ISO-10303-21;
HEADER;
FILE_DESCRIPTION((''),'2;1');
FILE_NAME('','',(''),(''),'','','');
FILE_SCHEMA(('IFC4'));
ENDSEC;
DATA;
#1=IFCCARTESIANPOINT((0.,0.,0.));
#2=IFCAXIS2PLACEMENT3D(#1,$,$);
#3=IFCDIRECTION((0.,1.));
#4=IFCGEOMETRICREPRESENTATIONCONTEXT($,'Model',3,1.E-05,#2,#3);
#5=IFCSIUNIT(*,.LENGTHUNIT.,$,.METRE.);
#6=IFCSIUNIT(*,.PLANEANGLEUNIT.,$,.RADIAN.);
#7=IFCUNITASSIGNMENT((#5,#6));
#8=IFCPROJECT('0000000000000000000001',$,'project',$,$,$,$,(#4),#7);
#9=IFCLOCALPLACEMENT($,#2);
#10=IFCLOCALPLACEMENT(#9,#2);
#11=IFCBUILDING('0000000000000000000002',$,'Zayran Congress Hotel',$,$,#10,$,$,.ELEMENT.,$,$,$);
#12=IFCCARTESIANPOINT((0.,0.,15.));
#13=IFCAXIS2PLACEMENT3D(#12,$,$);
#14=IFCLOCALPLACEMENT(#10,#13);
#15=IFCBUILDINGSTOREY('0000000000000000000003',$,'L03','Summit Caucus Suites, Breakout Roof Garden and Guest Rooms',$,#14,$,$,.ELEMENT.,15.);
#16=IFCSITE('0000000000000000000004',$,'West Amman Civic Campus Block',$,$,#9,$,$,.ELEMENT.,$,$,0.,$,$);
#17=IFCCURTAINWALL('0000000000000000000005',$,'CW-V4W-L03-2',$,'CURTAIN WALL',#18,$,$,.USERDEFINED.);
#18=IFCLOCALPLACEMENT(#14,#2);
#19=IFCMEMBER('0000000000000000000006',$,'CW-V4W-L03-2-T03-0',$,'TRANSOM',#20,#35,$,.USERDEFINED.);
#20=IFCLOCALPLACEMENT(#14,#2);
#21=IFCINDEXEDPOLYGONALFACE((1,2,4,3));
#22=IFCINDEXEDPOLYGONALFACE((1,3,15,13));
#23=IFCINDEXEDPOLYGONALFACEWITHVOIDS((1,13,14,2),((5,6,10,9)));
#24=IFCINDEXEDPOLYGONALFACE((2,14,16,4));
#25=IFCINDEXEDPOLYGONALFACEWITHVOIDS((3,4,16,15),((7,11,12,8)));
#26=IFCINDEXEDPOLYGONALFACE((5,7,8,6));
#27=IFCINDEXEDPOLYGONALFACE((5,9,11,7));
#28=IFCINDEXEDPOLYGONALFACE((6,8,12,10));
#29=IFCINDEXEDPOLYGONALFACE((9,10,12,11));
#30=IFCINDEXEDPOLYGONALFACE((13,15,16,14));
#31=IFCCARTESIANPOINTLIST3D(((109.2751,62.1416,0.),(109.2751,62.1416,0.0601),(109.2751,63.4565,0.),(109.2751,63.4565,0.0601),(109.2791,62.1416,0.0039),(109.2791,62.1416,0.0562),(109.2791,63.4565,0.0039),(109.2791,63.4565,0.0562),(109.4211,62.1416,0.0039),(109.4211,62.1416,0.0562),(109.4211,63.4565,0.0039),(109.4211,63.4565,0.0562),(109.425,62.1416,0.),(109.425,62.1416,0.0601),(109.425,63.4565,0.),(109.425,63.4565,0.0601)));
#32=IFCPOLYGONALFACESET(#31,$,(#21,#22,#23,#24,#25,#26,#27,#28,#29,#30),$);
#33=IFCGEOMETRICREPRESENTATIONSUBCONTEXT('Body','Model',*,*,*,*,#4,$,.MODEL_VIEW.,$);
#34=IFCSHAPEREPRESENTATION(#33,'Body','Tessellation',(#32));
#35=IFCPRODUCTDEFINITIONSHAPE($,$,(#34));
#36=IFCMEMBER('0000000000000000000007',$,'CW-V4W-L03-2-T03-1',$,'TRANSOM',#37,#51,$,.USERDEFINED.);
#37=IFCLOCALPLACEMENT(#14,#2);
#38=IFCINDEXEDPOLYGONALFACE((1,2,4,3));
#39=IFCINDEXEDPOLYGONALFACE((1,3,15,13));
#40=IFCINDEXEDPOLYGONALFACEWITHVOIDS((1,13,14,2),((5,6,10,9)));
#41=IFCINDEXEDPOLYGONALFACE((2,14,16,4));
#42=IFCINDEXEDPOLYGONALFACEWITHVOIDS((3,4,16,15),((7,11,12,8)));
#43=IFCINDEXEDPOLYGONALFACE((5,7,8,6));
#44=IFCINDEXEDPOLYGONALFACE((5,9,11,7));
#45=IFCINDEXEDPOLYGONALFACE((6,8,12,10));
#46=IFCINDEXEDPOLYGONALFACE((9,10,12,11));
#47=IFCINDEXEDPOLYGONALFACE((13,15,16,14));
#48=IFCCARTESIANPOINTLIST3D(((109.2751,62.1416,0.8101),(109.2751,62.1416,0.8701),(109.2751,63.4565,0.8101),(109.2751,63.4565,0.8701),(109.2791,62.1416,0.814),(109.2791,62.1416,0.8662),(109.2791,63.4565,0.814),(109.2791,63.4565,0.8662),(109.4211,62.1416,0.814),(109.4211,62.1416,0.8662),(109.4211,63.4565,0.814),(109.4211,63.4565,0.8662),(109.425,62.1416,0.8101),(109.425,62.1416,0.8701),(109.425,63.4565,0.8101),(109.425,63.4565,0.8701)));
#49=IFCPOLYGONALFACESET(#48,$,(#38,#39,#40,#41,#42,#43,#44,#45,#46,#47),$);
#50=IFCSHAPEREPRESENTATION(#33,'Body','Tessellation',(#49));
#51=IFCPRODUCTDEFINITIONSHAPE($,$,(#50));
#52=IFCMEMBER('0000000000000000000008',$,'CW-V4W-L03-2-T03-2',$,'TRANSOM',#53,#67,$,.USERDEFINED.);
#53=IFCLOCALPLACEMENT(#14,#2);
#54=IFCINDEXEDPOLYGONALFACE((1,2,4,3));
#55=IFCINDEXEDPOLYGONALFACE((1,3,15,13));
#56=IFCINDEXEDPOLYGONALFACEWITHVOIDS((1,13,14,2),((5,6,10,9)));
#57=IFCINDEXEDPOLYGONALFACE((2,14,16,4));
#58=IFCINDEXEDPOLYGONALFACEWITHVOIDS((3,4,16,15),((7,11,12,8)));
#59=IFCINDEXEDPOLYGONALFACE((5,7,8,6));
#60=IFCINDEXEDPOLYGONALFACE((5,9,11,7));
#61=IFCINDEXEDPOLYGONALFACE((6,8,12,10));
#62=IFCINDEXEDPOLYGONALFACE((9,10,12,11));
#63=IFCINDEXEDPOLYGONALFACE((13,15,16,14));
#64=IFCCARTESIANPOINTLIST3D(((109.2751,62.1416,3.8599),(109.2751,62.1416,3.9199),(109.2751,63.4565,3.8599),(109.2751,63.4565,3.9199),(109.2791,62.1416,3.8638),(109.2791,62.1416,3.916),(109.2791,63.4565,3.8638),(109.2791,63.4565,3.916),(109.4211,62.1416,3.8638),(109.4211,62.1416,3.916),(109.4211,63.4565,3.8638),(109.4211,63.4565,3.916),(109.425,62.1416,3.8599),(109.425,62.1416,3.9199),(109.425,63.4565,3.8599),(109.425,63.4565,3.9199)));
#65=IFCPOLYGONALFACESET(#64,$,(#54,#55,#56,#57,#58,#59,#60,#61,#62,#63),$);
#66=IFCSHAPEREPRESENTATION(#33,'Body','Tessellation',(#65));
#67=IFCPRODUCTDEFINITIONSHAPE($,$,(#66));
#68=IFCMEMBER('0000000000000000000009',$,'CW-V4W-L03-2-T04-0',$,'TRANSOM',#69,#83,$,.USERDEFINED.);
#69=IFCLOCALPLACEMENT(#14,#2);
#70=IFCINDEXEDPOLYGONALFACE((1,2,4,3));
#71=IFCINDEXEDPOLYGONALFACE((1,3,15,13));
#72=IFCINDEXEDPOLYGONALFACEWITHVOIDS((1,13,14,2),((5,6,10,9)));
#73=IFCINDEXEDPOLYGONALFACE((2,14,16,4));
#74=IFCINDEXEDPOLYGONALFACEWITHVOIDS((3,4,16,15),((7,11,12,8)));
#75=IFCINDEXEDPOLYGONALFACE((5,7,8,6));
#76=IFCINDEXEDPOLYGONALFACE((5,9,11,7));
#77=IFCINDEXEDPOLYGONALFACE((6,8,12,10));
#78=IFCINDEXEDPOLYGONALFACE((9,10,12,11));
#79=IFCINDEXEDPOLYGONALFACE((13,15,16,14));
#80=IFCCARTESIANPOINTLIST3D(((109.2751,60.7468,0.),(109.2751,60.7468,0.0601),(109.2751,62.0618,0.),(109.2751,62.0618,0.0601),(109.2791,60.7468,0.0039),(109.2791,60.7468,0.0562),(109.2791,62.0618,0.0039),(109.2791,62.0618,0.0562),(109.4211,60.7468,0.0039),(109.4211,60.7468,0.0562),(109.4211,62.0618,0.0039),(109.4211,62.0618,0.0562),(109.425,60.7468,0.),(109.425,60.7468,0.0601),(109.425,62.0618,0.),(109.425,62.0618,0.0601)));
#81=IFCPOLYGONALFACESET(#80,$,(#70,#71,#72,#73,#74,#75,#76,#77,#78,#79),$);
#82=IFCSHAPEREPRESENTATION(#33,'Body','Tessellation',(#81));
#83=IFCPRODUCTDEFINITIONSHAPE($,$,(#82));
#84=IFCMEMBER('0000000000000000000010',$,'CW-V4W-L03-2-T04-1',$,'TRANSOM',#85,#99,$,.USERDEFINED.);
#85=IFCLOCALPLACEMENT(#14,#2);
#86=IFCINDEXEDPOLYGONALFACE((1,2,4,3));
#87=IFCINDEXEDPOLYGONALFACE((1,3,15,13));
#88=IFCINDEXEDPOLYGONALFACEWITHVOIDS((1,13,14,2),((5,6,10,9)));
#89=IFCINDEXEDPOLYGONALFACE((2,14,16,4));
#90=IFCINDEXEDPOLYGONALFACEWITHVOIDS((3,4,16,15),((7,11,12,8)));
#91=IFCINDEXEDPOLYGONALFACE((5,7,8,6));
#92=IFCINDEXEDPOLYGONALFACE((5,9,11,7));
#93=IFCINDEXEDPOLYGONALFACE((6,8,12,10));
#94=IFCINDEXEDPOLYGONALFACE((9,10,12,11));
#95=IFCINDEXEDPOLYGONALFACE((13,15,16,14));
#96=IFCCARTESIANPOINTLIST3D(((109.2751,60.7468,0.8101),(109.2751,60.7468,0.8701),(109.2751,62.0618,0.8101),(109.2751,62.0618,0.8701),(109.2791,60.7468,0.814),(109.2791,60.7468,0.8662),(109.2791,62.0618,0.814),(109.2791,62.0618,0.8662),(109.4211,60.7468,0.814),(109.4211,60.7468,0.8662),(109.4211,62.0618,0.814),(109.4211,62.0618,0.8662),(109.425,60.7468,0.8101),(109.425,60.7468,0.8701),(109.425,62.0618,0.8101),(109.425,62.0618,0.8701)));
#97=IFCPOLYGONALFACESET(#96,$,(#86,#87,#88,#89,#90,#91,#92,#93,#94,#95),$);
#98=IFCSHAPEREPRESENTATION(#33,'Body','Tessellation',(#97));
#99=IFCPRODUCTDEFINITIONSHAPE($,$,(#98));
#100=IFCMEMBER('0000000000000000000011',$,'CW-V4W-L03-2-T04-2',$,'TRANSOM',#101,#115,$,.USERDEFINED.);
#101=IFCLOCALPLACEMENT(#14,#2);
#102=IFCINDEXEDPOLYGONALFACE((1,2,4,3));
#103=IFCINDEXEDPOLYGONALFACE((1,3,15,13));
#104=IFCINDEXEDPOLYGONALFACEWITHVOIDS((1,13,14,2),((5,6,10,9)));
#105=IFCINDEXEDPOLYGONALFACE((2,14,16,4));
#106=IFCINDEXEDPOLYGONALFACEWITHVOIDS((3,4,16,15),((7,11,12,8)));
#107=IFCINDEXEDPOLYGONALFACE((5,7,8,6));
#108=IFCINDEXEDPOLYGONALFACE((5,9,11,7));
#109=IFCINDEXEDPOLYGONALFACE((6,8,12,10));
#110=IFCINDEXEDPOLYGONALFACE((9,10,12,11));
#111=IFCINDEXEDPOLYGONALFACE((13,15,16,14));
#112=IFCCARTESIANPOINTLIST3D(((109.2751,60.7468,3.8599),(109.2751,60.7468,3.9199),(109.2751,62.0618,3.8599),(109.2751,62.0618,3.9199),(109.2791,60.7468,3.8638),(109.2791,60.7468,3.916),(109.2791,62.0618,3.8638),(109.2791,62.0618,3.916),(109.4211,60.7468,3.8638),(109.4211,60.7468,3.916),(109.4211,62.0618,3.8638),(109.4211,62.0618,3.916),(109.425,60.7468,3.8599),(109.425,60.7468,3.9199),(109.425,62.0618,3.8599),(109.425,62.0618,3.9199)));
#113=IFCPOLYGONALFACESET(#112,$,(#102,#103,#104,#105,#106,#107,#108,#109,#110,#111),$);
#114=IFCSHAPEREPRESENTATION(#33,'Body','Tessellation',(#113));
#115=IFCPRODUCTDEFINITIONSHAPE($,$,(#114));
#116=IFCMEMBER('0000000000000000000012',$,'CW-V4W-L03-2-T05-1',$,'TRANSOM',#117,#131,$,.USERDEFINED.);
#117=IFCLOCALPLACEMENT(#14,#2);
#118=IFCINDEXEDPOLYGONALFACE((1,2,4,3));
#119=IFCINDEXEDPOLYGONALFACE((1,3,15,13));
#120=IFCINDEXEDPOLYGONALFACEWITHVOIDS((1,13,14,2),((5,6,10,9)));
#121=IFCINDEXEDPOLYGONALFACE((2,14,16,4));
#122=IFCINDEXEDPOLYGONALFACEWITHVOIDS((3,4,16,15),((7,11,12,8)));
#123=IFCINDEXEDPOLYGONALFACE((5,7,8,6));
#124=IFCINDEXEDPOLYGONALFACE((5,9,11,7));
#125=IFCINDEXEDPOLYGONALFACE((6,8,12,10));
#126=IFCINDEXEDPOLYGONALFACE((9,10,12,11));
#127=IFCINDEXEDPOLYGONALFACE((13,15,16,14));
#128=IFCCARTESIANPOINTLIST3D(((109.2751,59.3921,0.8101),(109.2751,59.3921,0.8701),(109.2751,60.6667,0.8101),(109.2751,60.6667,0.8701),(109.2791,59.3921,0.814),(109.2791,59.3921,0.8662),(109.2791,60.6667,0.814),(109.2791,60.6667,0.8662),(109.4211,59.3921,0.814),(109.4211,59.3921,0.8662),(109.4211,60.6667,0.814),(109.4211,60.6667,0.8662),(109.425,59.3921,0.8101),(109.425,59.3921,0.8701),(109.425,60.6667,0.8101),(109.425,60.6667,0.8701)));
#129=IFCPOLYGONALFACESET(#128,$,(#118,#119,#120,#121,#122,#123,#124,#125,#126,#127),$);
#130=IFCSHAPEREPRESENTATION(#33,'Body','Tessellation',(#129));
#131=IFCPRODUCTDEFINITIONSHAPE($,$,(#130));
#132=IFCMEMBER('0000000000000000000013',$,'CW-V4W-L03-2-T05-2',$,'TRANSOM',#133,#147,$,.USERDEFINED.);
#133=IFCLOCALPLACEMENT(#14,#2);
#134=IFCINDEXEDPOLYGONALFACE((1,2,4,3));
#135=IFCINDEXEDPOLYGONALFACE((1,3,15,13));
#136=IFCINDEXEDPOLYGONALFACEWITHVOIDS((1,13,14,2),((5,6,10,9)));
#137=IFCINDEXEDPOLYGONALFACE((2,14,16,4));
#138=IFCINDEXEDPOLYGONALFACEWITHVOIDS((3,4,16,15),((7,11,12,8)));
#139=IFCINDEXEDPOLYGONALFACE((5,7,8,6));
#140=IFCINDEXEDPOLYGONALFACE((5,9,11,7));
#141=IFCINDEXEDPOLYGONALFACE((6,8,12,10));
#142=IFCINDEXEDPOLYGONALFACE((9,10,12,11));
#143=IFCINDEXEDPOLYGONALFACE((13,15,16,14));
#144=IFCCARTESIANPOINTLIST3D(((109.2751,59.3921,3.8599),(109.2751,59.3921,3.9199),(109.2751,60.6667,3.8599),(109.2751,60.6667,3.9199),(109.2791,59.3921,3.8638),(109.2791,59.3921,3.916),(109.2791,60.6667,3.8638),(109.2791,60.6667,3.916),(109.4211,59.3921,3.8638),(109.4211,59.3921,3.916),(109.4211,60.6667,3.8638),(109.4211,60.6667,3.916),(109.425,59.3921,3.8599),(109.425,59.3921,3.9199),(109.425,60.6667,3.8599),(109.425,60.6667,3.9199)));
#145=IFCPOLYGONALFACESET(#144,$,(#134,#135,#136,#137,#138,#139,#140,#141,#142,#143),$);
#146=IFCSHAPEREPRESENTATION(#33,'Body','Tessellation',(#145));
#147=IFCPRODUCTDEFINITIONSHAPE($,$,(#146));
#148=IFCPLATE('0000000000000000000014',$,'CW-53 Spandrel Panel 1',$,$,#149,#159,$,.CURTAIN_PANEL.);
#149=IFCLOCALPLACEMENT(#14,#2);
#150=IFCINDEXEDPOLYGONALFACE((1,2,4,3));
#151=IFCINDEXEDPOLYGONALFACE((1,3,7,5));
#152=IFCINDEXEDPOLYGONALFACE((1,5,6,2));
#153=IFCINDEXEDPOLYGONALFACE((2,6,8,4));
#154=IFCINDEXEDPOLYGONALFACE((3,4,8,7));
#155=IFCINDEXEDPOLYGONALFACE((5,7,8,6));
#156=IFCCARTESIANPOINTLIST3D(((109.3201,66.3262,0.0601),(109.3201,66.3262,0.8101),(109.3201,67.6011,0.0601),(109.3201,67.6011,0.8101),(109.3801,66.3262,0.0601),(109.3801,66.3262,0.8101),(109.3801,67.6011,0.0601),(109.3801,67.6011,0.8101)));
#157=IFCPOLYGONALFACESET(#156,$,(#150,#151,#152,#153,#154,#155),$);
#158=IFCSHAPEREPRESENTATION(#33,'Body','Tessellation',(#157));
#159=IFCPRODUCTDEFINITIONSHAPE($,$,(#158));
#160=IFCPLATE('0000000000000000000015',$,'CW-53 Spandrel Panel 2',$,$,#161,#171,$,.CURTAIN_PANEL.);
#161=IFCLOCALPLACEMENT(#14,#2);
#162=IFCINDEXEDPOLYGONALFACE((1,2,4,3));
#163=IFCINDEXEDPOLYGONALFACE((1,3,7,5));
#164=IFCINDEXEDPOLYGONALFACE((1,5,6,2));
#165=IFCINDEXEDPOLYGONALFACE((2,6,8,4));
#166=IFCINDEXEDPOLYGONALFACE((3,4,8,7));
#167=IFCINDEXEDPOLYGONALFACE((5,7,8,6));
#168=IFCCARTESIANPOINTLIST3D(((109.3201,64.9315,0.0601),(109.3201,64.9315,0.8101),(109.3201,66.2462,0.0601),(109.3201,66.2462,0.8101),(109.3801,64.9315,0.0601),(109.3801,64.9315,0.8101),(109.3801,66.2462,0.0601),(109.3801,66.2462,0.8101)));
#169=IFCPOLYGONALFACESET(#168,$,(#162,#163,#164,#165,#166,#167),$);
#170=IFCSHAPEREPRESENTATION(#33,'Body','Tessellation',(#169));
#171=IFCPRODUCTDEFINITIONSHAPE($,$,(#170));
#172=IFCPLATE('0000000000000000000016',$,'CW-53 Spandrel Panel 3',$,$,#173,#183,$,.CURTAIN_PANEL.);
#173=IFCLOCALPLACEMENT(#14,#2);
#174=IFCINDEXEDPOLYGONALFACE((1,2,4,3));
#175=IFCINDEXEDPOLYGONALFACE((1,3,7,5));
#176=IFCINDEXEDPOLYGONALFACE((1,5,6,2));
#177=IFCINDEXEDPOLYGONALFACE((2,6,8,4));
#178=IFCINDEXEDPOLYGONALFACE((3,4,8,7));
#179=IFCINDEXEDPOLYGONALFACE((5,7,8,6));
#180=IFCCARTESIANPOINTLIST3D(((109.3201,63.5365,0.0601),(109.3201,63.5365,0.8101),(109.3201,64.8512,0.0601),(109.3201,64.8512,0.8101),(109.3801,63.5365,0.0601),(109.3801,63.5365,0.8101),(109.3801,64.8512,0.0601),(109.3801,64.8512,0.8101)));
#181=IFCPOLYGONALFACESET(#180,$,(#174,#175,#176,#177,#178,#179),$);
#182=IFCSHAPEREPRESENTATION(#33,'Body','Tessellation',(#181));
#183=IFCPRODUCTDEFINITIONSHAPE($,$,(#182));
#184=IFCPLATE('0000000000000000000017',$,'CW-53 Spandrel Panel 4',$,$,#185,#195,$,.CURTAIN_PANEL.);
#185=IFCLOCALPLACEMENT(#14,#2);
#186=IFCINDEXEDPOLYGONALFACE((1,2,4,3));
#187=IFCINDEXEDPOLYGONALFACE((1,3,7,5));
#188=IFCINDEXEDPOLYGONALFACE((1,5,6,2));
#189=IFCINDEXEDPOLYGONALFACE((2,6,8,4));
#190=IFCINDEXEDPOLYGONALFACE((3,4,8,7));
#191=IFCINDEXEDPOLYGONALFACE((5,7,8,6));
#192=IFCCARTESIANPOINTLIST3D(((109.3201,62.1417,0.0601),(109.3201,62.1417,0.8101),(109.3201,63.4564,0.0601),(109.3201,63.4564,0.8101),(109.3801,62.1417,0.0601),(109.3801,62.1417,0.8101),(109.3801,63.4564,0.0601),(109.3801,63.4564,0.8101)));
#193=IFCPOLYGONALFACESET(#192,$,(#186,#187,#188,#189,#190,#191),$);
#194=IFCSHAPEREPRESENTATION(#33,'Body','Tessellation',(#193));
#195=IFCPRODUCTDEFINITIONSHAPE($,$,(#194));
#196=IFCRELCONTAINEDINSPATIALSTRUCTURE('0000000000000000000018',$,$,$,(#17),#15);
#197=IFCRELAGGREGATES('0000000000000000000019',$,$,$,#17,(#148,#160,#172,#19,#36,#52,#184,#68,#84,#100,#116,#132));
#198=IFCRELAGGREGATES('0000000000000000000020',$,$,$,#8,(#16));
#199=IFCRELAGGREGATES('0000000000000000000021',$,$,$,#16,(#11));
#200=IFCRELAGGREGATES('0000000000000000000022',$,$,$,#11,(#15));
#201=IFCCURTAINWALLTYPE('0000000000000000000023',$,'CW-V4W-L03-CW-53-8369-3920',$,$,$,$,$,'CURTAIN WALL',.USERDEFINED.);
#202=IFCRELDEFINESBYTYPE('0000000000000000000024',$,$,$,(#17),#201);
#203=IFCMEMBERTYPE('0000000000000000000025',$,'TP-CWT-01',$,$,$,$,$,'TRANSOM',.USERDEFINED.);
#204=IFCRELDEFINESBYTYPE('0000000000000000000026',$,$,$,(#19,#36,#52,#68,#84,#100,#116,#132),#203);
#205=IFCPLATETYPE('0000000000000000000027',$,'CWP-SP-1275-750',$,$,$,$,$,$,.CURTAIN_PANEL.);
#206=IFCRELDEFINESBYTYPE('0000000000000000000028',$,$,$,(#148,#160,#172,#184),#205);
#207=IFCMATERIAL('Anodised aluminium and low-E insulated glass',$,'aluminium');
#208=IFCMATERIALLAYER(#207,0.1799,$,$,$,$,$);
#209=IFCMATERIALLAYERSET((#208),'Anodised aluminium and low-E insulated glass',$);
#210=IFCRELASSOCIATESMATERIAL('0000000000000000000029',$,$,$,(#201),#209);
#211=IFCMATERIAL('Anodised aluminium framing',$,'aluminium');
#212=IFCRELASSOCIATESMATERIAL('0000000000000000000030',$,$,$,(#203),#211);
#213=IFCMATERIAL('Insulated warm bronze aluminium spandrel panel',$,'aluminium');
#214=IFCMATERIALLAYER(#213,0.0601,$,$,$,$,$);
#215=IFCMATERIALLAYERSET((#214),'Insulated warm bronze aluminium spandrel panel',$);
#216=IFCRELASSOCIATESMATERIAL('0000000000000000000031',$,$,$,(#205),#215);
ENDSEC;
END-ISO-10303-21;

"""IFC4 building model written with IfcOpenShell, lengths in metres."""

from ifc_helpers import new_model, si_unit, direction, frame, origin, origin_2d, place, context, subcontext, project, spatial, rectangle, hollow_rectangle, extrude, material, layer, layer_set, material_profile, profile_set, type_object, element, aggregate, save


model = new_model("IFC4")

# Units and contexts
model_context = context("Model", 3, precision=1e-05, world=origin(), true_north=direction((0.0, 1.0)))
body_context = subcontext(model_context, "Body", "Model", "MODEL_VIEW")
ifc_project = project(units=[si_unit("LENGTHUNIT", "METRE"), si_unit("PLANEANGLEUNIT", "RADIAN")], contexts=[model_context])

# Site, building, storey
site_placement = place(None, origin())
site = spatial("IfcSite", under=ifc_project, at=site_placement, Name="West Amman Civic Campus Block", CompositionType="ELEMENT", RefElevation=0.0)
building_placement = place(site_placement, origin())
building = spatial("IfcBuilding", under=site, at=building_placement, Name="Zayran Congress Hotel", CompositionType="ELEMENT")
storey_placement = place(building_placement, frame((0.0, 0.0, 15.0)))
storey = spatial("IfcBuildingStorey", under=building, at=storey_placement, Name="L03", Description="Summit Caucus Suites, Breakout Roof Garden and Guest Rooms", CompositionType="ELEMENT", Elevation=15.0)

# Curtain wall, members, plates
ifc_material_1 = material(Name="Anodised aluminium and low-E insulated glass", Category="aluminium")
ifc_layer_1 = layer(ifc_material_1, 0.1799)
ifc_layer_set_1 = layer_set([ifc_layer_1], Name="Anodised aluminium and low-E insulated glass")
curtain_wall_type = type_object("IfcCurtainWallType", Name="CW-V4W-L03-CW-53-8369-3920", ElementType="CURTAIN WALL", PredefinedType="USERDEFINED", material=ifc_layer_set_1)
curtain_wall_placement = place(storey_placement, origin())
curtain_wall = element("IfcCurtainWall", 1, at=curtain_wall_placement, inside=storey, type_object=curtain_wall_type, Name="CW-V4W-L03-2", ObjectType="CURTAIN WALL", PredefinedType="USERDEFINED")
ifc_material_2 = material(Name="Anodised aluminium framing", Category="aluminium")
ifc_material_profile_1 = material_profile(ifc_material_2, hollow_rectangle(XDim=0.0601, YDim=0.1499, WallThickness=0.0039, at=origin_2d()), Name="RHS 150x60x4")
ifc_profile_set_1 = profile_set([ifc_material_profile_1], Name="Anodised aluminium framing")
member_type_1 = type_object("IfcMemberType", Name="TP-CWT-01", ElementType="TRANSOM", PredefinedType="USERDEFINED", material=ifc_profile_set_1)
member_1_placement = place(storey_placement, frame((109.3501, 63.4565, 0.03), z_axis=(0.0, -1.0, 0.0), x_axis=(0.0, 0.0, 1.0)))
member_1 = element("IfcMember", 2, at=member_1_placement, type_object=member_type_1, Name="CW-V4W-L03-2-T03-0", ObjectType="TRANSOM", PredefinedType="USERDEFINED", context=body_context, shape_type="SweptSolid", body=[
    extrude(hollow_rectangle(XDim=0.0601, YDim=0.1499, WallThickness=0.0039, at=origin_2d()), origin(), (0.0, 0.0, 1.0), 1.3149),
])
member_2_placement = place(storey_placement, frame((109.3501, 63.4565, 0.8401), z_axis=(0.0, -1.0, 0.0), x_axis=(0.0, 0.0, 1.0)))
member_2 = element("IfcMember", 3, at=member_2_placement, type_object=member_type_1, Name="CW-V4W-L03-2-T03-1", ObjectType="TRANSOM", PredefinedType="USERDEFINED", context=body_context, shape_type="SweptSolid", body=[
    extrude(hollow_rectangle(XDim=0.0601, YDim=0.1499, WallThickness=0.0039, at=origin_2d()), origin(), (0.0, 0.0, 1.0), 1.3149),
])
member_3_placement = place(storey_placement, frame((109.3501, 63.4565, 3.8899), z_axis=(0.0, -1.0, 0.0), x_axis=(0.0, 0.0, 1.0)))
member_3 = element("IfcMember", 4, at=member_3_placement, type_object=member_type_1, Name="CW-V4W-L03-2-T03-2", ObjectType="TRANSOM", PredefinedType="USERDEFINED", context=body_context, shape_type="SweptSolid", body=[
    extrude(hollow_rectangle(XDim=0.0601, YDim=0.1499, WallThickness=0.0039, at=origin_2d()), origin(), (0.0, 0.0, 1.0), 1.3149),
])
member_4_placement = place(storey_placement, frame((109.3501, 62.0618, 0.03), z_axis=(0.0, -1.0, 0.0), x_axis=(0.0, 0.0, 1.0)))
member_4 = element("IfcMember", 5, at=member_4_placement, type_object=member_type_1, Name="CW-V4W-L03-2-T04-0", ObjectType="TRANSOM", PredefinedType="USERDEFINED", context=body_context, shape_type="SweptSolid", body=[
    extrude(hollow_rectangle(XDim=0.0601, YDim=0.1499, WallThickness=0.0039, at=origin_2d()), origin(), (0.0, 0.0, 1.0), 1.3149),
])
member_5_placement = place(storey_placement, frame((109.3501, 62.0618, 0.8401), z_axis=(0.0, -1.0, 0.0), x_axis=(0.0, 0.0, 1.0)))
member_5 = element("IfcMember", 6, at=member_5_placement, type_object=member_type_1, Name="CW-V4W-L03-2-T04-1", ObjectType="TRANSOM", PredefinedType="USERDEFINED", context=body_context, shape_type="SweptSolid", body=[
    extrude(hollow_rectangle(XDim=0.0601, YDim=0.1499, WallThickness=0.0039, at=origin_2d()), origin(), (0.0, 0.0, 1.0), 1.3149),
])
member_6_placement = place(storey_placement, frame((109.3501, 62.0618, 3.8899), z_axis=(0.0, -1.0, 0.0), x_axis=(0.0, 0.0, 1.0)))
member_6 = element("IfcMember", 7, at=member_6_placement, type_object=member_type_1, Name="CW-V4W-L03-2-T04-2", ObjectType="TRANSOM", PredefinedType="USERDEFINED", context=body_context, shape_type="SweptSolid", body=[
    extrude(hollow_rectangle(XDim=0.0601, YDim=0.1499, WallThickness=0.0039, at=origin_2d()), origin(), (0.0, 0.0, 1.0), 1.3149),
])
member_7_placement = place(storey_placement, frame((109.3501, 60.6667, 0.8401), z_axis=(0.0, -1.0, 0.0), x_axis=(0.0, 0.0, 1.0)))
member_7 = element("IfcMember", 8, at=member_7_placement, type_object=member_type_1, Name="CW-V4W-L03-2-T05-1", ObjectType="TRANSOM", PredefinedType="USERDEFINED", context=body_context, shape_type="SweptSolid", body=[
    extrude(hollow_rectangle(XDim=0.0601, YDim=0.1499, WallThickness=0.0039, at=origin_2d()), origin(), (0.0, 0.0, 1.0), 1.2747),
])
member_8_placement = place(storey_placement, frame((109.3501, 60.6667, 3.8899), z_axis=(0.0, -1.0, 0.0), x_axis=(0.0, 0.0, 1.0)))
member_8 = element("IfcMember", 9, at=member_8_placement, type_object=member_type_1, Name="CW-V4W-L03-2-T05-2", ObjectType="TRANSOM", PredefinedType="USERDEFINED", context=body_context, shape_type="SweptSolid", body=[
    extrude(hollow_rectangle(XDim=0.0601, YDim=0.1499, WallThickness=0.0039, at=origin_2d()), origin(), (0.0, 0.0, 1.0), 1.2747),
])
ifc_material_3 = material(Name="Insulated warm bronze aluminium spandrel panel", Category="aluminium")
ifc_layer_2 = layer(ifc_material_3, 0.0601)
ifc_layer_set_2 = layer_set([ifc_layer_2], Name="Insulated warm bronze aluminium spandrel panel")
plate_type_1 = type_object("IfcPlateType", Name="CWP-SP-1275-750", PredefinedType="CURTAIN_PANEL", material=ifc_layer_set_2)
plate_1_placement = place(storey_placement, frame((109.3501, 66.9636, 0.0601), z_axis=(0.0, 0.0, 1.0), x_axis=(0.0, 1.0, 0.0)))
plate_1 = element("IfcPlate", 10, at=plate_1_placement, type_object=plate_type_1, Name="CW-53 Spandrel Panel 1", PredefinedType="CURTAIN_PANEL", context=body_context, shape_type="SweptSolid", body=[
    extrude(rectangle(XDim=1.2749, YDim=0.0601, at=origin_2d()), origin(), (0.0, 0.0, 1.0), 0.75),
])
plate_2_placement = place(storey_placement, frame((109.3501, 65.5889, 0.0601), z_axis=(0.0, 0.0, 1.0), x_axis=(0.0, 1.0, 0.0)))
plate_2 = element("IfcPlate", 11, at=plate_2_placement, type_object=plate_type_1, Name="CW-53 Spandrel Panel 2", PredefinedType="CURTAIN_PANEL", context=body_context, shape_type="SweptSolid", body=[
    extrude(rectangle(XDim=1.3147, YDim=0.0601, at=origin_2d()), origin(), (0.0, 0.0, 1.0), 0.75),
])
plate_3_placement = place(storey_placement, frame((109.3501, 64.1938, 0.0601), z_axis=(0.0, 0.0, 1.0), x_axis=(0.0, 1.0, 0.0)))
plate_3 = element("IfcPlate", 12, at=plate_3_placement, type_object=plate_type_1, Name="CW-53 Spandrel Panel 3", PredefinedType="CURTAIN_PANEL", context=body_context, shape_type="SweptSolid", body=[
    extrude(rectangle(XDim=1.3147, YDim=0.0601, at=origin_2d()), origin(), (0.0, 0.0, 1.0), 0.75),
])
plate_4_placement = place(storey_placement, frame((109.3501, 62.7991, 0.0601), z_axis=(0.0, 0.0, 1.0), x_axis=(0.0, 1.0, 0.0)))
plate_4 = element("IfcPlate", 13, at=plate_4_placement, type_object=plate_type_1, Name="CW-53 Spandrel Panel 4", PredefinedType="CURTAIN_PANEL", context=body_context, shape_type="SweptSolid", body=[
    extrude(rectangle(XDim=1.3147, YDim=0.0601, at=origin_2d()), origin(), (0.0, 0.0, 1.0), 0.75),
])
aggregate(curtain_wall, [plate_1, plate_2, plate_3, member_1, member_2, member_3, plate_4, member_4, member_5, member_6, member_7, member_8])

save(model, "model.ifc")
